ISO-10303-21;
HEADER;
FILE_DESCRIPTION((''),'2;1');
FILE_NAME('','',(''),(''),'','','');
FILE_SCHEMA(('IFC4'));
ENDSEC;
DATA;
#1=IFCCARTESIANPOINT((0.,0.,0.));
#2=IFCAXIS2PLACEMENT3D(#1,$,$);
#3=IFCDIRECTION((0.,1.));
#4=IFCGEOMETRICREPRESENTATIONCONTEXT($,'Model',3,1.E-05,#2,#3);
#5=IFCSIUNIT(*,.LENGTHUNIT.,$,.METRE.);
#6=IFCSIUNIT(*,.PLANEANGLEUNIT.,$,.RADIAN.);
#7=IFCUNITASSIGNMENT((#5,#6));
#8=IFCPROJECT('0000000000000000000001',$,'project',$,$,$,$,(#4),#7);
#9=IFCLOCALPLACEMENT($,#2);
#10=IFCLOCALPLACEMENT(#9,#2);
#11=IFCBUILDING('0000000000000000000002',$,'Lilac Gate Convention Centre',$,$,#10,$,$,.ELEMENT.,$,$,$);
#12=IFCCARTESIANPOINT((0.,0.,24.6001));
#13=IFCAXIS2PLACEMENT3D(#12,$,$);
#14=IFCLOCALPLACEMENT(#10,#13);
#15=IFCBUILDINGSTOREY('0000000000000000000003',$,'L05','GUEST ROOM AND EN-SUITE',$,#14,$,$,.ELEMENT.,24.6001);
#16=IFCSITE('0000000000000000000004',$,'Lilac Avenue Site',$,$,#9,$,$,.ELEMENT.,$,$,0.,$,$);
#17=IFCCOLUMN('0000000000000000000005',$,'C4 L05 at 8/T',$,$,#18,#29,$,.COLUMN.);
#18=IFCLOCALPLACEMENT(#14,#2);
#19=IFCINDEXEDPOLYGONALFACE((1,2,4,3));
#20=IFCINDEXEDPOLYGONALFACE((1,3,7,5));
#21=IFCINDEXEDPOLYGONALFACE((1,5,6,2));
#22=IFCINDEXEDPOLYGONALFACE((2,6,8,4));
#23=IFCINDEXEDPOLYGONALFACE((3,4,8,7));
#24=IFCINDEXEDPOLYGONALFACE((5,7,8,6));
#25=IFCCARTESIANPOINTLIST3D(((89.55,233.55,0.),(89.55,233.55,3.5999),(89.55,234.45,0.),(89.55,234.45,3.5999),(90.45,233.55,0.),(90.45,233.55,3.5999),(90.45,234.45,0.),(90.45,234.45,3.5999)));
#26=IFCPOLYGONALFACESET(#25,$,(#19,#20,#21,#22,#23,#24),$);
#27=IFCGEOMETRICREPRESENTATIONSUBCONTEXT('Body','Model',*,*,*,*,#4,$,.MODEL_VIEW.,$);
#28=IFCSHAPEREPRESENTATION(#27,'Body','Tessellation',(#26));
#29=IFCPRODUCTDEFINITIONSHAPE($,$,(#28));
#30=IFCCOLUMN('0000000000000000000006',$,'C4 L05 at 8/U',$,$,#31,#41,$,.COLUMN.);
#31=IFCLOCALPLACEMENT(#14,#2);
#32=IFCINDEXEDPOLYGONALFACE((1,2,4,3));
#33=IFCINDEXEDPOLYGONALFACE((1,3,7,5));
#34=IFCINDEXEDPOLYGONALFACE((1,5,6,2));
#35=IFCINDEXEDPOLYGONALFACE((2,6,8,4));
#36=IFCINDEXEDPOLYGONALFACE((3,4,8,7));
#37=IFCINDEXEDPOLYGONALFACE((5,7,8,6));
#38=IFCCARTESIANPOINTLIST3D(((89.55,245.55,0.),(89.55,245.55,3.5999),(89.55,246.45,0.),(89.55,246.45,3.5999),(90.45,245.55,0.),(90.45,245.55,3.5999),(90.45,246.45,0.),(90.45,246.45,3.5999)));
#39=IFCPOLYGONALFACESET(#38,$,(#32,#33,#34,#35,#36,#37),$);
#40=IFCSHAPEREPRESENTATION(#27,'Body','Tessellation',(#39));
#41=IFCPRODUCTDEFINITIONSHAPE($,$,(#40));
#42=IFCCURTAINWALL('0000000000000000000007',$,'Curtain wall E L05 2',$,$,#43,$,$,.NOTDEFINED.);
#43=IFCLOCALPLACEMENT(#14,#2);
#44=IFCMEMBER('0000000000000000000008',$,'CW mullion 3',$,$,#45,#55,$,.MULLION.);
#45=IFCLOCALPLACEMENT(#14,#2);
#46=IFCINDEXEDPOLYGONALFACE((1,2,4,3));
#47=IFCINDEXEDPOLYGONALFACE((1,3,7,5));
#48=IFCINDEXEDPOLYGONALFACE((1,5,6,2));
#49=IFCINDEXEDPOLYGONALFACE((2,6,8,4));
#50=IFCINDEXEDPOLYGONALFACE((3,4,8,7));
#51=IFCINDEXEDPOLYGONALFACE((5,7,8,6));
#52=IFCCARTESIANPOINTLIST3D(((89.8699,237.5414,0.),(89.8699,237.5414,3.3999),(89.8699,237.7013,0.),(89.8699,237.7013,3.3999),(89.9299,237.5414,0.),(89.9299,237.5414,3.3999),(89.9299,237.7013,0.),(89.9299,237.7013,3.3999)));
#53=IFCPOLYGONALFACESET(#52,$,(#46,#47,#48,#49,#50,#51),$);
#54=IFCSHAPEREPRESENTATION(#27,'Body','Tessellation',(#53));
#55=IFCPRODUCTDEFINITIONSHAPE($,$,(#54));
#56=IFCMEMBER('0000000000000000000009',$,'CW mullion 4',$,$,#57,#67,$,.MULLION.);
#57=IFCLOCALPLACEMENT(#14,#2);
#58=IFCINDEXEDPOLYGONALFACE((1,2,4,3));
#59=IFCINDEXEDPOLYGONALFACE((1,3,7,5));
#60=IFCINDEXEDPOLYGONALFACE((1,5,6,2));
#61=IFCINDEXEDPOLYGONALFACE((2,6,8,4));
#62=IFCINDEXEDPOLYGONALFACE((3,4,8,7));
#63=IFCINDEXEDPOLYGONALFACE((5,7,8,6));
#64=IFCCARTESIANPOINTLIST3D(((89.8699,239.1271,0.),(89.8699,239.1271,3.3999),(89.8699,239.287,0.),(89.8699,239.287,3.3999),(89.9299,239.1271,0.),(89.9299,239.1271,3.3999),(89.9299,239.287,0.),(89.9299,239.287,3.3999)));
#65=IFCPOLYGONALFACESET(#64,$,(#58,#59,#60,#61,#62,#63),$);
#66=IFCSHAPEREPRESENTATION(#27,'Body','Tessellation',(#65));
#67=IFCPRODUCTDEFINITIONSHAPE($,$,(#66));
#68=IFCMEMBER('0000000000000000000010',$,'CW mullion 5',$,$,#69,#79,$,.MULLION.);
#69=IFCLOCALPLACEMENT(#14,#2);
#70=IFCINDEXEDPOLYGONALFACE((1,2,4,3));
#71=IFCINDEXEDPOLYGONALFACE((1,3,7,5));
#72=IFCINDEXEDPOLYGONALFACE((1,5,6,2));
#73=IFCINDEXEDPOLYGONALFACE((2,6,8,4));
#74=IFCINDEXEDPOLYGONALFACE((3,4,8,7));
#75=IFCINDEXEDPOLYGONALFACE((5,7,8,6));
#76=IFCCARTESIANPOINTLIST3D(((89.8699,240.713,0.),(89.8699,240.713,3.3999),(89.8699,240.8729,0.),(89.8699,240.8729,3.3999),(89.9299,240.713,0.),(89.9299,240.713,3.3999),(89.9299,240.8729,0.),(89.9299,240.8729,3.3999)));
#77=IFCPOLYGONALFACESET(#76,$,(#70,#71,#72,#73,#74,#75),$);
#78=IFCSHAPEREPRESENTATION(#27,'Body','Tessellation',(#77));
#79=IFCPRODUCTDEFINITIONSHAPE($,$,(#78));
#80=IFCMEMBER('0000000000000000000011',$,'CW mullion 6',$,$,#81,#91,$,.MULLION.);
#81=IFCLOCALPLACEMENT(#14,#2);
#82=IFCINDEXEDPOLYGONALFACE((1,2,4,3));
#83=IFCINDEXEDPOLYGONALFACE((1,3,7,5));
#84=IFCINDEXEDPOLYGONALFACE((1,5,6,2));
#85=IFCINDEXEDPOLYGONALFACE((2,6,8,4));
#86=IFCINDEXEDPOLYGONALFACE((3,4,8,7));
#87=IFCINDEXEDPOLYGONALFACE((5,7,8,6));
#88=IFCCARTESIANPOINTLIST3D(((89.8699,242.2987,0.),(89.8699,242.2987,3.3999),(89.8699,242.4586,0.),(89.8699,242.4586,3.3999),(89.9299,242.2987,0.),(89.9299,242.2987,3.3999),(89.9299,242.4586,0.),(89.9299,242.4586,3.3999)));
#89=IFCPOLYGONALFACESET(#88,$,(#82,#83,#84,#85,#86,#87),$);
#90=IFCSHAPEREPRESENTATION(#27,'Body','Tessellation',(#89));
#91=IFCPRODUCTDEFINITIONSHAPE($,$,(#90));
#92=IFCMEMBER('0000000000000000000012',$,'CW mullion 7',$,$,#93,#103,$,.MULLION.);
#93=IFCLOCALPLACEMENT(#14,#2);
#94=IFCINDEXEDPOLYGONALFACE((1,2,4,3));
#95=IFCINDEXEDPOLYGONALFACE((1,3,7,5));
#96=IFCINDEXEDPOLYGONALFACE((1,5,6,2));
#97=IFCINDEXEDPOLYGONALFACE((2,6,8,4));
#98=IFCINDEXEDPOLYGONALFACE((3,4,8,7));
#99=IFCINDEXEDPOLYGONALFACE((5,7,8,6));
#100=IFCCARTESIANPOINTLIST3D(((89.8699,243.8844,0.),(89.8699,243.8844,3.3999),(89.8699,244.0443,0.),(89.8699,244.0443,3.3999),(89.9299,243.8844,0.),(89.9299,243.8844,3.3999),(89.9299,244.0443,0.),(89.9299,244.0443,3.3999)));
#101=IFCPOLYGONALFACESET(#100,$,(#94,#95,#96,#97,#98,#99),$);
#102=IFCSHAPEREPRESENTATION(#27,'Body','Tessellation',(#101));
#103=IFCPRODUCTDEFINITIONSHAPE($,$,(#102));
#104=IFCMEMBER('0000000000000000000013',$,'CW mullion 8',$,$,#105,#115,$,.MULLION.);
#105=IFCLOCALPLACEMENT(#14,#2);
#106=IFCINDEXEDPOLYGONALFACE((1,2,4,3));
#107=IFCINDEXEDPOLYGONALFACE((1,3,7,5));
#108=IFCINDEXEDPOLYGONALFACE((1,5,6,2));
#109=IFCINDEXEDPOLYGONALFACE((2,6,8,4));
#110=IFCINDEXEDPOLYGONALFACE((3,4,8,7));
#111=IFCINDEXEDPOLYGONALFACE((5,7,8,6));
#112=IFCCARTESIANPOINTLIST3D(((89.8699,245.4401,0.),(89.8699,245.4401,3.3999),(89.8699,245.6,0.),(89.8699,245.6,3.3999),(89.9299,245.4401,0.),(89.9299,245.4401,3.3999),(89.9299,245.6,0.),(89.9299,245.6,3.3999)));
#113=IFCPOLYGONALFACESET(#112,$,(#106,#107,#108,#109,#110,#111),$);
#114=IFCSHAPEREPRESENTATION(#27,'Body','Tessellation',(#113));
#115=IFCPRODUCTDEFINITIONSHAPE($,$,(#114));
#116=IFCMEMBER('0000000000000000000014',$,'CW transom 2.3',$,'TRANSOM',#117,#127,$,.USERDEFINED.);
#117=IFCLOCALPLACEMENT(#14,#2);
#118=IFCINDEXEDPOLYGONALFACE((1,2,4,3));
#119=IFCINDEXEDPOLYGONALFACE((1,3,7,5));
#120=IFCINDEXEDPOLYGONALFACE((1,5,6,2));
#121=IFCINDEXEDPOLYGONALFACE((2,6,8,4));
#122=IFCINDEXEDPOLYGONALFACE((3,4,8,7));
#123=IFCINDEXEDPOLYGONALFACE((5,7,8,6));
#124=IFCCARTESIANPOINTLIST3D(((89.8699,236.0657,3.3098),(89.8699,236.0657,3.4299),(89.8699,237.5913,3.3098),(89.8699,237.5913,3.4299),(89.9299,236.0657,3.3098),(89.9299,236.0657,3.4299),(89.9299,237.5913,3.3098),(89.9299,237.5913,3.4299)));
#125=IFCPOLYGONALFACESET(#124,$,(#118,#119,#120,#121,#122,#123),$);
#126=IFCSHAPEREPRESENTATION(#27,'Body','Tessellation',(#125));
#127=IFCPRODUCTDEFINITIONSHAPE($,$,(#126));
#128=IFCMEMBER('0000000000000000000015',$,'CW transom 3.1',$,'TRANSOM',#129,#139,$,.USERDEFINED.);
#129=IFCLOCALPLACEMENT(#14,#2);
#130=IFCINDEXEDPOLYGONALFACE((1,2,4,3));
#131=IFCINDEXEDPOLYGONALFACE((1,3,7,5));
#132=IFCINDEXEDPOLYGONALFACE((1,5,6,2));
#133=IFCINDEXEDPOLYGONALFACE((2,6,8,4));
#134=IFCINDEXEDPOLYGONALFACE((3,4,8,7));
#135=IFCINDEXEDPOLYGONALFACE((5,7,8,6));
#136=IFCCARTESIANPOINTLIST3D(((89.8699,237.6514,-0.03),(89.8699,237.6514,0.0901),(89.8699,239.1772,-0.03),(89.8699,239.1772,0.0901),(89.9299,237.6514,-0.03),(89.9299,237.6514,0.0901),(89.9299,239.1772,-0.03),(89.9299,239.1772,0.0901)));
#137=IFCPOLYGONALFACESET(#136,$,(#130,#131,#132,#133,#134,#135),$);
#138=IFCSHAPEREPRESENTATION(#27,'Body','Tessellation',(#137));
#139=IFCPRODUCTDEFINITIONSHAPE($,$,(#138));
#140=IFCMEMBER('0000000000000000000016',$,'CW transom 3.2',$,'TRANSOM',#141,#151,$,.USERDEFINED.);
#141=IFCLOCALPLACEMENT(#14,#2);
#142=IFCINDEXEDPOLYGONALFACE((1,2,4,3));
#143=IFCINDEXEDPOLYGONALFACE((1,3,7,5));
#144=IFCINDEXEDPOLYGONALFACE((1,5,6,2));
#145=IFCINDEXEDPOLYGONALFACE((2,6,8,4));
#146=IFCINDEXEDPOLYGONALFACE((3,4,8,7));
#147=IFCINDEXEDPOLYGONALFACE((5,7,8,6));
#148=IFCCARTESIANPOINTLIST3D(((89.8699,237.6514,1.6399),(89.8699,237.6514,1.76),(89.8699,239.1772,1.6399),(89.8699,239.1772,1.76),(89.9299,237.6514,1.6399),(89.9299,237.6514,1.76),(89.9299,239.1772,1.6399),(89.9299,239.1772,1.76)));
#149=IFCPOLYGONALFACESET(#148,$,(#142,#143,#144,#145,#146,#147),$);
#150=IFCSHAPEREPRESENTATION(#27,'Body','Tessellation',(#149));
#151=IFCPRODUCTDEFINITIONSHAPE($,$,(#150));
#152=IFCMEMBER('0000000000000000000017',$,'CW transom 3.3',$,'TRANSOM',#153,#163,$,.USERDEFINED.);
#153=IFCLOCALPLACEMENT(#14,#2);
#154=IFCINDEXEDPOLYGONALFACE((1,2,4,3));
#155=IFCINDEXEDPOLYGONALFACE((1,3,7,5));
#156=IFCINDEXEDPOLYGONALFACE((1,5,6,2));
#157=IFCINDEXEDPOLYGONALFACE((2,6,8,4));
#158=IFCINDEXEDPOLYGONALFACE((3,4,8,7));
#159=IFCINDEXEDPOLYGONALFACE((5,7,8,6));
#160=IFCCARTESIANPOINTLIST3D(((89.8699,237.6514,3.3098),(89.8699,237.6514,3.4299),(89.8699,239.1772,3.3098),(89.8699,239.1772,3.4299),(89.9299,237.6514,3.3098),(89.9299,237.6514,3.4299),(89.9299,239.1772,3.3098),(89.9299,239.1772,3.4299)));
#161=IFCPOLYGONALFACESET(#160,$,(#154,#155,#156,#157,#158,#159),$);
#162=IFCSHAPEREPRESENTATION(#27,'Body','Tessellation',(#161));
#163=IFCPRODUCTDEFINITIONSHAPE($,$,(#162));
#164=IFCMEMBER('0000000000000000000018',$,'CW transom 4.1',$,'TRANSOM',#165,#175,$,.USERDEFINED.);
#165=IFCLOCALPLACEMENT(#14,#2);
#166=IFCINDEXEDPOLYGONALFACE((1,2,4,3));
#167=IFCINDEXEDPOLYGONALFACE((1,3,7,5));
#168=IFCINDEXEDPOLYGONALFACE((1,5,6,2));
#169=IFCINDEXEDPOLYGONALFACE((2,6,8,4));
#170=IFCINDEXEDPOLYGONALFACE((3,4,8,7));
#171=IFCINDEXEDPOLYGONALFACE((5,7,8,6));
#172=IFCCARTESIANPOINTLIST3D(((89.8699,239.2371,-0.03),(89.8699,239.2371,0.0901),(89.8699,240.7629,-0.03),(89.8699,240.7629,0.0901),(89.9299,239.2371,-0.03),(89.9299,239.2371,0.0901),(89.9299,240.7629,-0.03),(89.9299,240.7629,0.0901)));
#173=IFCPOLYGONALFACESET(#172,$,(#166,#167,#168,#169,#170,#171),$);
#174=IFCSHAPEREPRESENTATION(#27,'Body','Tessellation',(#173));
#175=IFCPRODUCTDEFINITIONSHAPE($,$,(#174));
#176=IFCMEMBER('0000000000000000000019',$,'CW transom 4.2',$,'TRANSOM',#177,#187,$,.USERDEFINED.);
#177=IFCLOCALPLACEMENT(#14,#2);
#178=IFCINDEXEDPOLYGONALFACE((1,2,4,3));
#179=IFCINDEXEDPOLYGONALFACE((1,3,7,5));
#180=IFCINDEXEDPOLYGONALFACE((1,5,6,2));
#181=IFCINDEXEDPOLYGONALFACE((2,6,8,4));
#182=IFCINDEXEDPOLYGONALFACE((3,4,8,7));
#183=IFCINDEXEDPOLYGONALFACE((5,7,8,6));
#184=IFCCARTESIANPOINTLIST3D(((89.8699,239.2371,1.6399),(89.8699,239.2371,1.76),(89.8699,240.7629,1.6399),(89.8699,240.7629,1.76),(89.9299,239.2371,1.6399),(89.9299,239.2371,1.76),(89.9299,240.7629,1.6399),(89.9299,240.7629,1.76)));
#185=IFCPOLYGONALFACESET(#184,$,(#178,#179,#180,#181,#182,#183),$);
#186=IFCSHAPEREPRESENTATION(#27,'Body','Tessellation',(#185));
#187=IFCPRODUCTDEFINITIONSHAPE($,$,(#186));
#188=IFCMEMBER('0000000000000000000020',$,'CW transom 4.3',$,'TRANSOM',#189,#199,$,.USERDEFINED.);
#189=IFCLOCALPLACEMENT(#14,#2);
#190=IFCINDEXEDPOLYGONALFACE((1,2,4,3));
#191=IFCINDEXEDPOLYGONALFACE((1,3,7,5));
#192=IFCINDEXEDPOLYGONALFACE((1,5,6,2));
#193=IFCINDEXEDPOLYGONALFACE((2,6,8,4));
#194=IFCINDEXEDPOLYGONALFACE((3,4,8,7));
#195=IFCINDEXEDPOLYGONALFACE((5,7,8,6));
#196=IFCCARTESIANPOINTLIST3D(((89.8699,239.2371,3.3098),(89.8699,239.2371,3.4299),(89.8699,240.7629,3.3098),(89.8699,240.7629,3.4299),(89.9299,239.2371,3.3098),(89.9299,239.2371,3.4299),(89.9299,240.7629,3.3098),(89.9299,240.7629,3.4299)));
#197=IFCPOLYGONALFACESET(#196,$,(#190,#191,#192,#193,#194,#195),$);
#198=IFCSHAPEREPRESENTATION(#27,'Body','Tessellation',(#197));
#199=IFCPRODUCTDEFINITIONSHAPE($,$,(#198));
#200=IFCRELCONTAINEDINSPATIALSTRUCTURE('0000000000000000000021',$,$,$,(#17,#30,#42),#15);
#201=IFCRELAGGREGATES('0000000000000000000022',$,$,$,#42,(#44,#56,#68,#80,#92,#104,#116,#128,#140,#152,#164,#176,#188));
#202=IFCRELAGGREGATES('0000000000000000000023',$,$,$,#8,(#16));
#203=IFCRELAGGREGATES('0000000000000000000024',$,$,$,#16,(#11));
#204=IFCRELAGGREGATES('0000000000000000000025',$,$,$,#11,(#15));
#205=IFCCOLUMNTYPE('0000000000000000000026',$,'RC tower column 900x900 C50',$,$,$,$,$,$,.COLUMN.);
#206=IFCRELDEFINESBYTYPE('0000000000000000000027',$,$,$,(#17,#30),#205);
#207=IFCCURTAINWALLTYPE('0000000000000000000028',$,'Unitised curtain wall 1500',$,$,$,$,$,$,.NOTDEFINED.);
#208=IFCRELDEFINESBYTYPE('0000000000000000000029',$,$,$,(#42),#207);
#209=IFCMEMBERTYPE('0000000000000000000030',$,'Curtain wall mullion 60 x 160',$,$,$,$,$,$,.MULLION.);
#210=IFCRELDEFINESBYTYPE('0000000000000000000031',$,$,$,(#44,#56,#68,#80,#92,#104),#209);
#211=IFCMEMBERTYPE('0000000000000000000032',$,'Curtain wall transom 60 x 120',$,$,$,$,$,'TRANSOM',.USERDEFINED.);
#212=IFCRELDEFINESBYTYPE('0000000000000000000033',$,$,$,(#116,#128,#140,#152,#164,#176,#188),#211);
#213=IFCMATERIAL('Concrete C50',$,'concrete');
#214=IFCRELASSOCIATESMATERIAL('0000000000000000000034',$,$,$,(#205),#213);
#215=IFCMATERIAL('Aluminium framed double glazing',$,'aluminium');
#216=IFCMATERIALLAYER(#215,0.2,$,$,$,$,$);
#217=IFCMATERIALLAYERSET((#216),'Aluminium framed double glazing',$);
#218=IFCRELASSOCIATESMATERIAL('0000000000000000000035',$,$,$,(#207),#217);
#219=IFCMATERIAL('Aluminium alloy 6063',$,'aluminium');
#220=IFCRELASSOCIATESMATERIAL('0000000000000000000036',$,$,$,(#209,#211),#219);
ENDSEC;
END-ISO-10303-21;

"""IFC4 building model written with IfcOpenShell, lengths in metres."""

from ifc_helpers import new_model, si_unit, direction, frame, origin, origin_2d, place, context, subcontext, project, spatial, rectangle, extrude, material, layer, layer_set, material_profile, profile_set, type_object, element, aggregate, save


model = new_model("IFC4")

# Units and contexts
model_context = context("Model", 3, precision=1e-05, world=origin(), true_north=direction((0.0, 1.0)))
body_context = subcontext(model_context, "Body", "Model", "MODEL_VIEW")
ifc_project = project(units=[si_unit("LENGTHUNIT", "METRE"), si_unit("PLANEANGLEUNIT", "RADIAN")], contexts=[model_context])

# Site, building, storey
site_placement = place(None, origin())
site = spatial("IfcSite", under=ifc_project, at=site_placement, Name="Lilac Avenue Site", CompositionType="ELEMENT", RefElevation=0.0)
building_placement = place(site_placement, origin())
building = spatial("IfcBuilding", under=site, at=building_placement, Name="Lilac Gate Convention Centre", CompositionType="ELEMENT")
storey_placement = place(building_placement, frame((0.0, 0.0, 24.6001)))
storey = spatial("IfcBuildingStorey", under=building, at=storey_placement, Name="L05", Description="GUEST ROOM AND EN-SUITE", CompositionType="ELEMENT", Elevation=24.6001)

# Columns
ifc_material_1 = material(Name="Concrete C50", Category="concrete")
ifc_material_profile_1 = material_profile(ifc_material_1, rectangle(XDim=0.8999, YDim=0.8999, at=origin_2d()), Name="RC 900x900")
ifc_profile_set_1 = profile_set([ifc_material_profile_1], Name="Concrete C50")
column_type = type_object("IfcColumnType", Name="RC tower column 900x900 C50", PredefinedType="COLUMN", material=ifc_profile_set_1)
for number, where, z_axis, x_axis, name in (
    (1, (90.0, 234.0, 0.0), (0.0, 0.0, 1.0), (1.0, 0.0, 0.0), "C4 L05 at 8/T"),
    (2, (90.0, 246.0, 0.0), (0.0, 0.0, 1.0), (1.0, 0.0, 0.0), "C4 L05 at 8/U"),
):
    element("IfcColumn", number, at=place(storey_placement, frame(where, z_axis=z_axis, x_axis=x_axis)), inside=storey, type_object=column_type, Name=name, PredefinedType="COLUMN", context=body_context, shape_type="SweptSolid", body=[
        extrude(rectangle(XDim=0.8999, YDim=0.8999, at=origin_2d()), origin(), (0.0, 0.0, 1.0), 3.5999),
    ])

# Curtain wall, members
ifc_material_2 = material(Name="Aluminium framed double glazing", Category="aluminium")
ifc_layer_1 = layer(ifc_material_2, 0.2)
ifc_layer_set_1 = layer_set([ifc_layer_1], Name="Aluminium framed double glazing")
curtain_wall_type = type_object("IfcCurtainWallType", Name="Unitised curtain wall 1500", PredefinedType="NOTDEFINED", material=ifc_layer_set_1)
curtain_wall_placement = place(storey_placement, origin())
curtain_wall = element("IfcCurtainWall", 3, at=curtain_wall_placement, inside=storey, type_object=curtain_wall_type, Name="Curtain wall E L05 2", PredefinedType="NOTDEFINED")
ifc_material_3 = material(Name="Aluminium alloy 6063", Category="aluminium")
ifc_material_profile_2 = material_profile(ifc_material_3, rectangle(XDim=0.0601, YDim=0.1599, at=origin_2d()), Name="Curtain wall mullion 60 x 160")
ifc_profile_set_2 = profile_set([ifc_material_profile_2], Name="Aluminium alloy 6063")
member_type_1 = type_object("IfcMemberType", Name="Curtain wall mullion 60 x 160", PredefinedType="MULLION", material=ifc_profile_set_2)
member_1_placement = place(storey_placement, frame((89.8999, 237.6213, 0.0), z_axis=(0.0, 0.0, 1.0), x_axis=(-1.0, 0.0, 0.0)))
member_1 = element("IfcMember", 4, at=member_1_placement, type_object=member_type_1, Name="CW mullion 3", PredefinedType="MULLION", context=body_context, shape_type="SweptSolid", body=[
    extrude(rectangle(XDim=0.0601, YDim=0.1599, at=origin_2d()), origin(), (0.0, 0.0, 1.0), 3.3999),
])
member_2_placement = place(storey_placement, frame((89.8999, 239.207, 0.0), z_axis=(0.0, 0.0, 1.0), x_axis=(-1.0, 0.0, 0.0)))
member_2 = element("IfcMember", 5, at=member_2_placement, type_object=member_type_1, Name="CW mullion 4", PredefinedType="MULLION", context=body_context, shape_type="SweptSolid", body=[
    extrude(rectangle(XDim=0.0601, YDim=0.1599, at=origin_2d()), origin(), (0.0, 0.0, 1.0), 3.3999),
])
member_3_placement = place(storey_placement, frame((89.8999, 240.793, 0.0), z_axis=(0.0, 0.0, 1.0), x_axis=(-1.0, 0.0, 0.0)))
member_3 = element("IfcMember", 6, at=member_3_placement, type_object=member_type_1, Name="CW mullion 5", PredefinedType="MULLION", context=body_context, shape_type="SweptSolid", body=[
    extrude(rectangle(XDim=0.0601, YDim=0.1599, at=origin_2d()), origin(), (0.0, 0.0, 1.0), 3.3999),
])
member_4_placement = place(storey_placement, frame((89.8999, 242.3787, 0.0), z_axis=(0.0, 0.0, 1.0), x_axis=(-1.0, 0.0, 0.0)))
member_4 = element("IfcMember", 7, at=member_4_placement, type_object=member_type_1, Name="CW mullion 6", PredefinedType="MULLION", context=body_context, shape_type="SweptSolid", body=[
    extrude(rectangle(XDim=0.0601, YDim=0.1599, at=origin_2d()), origin(), (0.0, 0.0, 1.0), 3.3999),
])
member_5_placement = place(storey_placement, frame((89.8999, 243.9644, 0.0), z_axis=(0.0, 0.0, 1.0), x_axis=(-1.0, 0.0, 0.0)))
member_5 = element("IfcMember", 8, at=member_5_placement, type_object=member_type_1, Name="CW mullion 7", PredefinedType="MULLION", context=body_context, shape_type="SweptSolid", body=[
    extrude(rectangle(XDim=0.0601, YDim=0.1599, at=origin_2d()), origin(), (0.0, 0.0, 1.0), 3.3999),
])
member_6_placement = place(storey_placement, frame((89.8999, 245.52, 0.0), z_axis=(0.0, 0.0, 1.0), x_axis=(-1.0, 0.0, 0.0)))
member_6 = element("IfcMember", 9, at=member_6_placement, type_object=member_type_1, Name="CW mullion 8", PredefinedType="MULLION", context=body_context, shape_type="SweptSolid", body=[
    extrude(rectangle(XDim=0.0601, YDim=0.1599, at=origin_2d()), origin(), (0.0, 0.0, 1.0), 3.3999),
])
ifc_material_profile_3 = material_profile(ifc_material_3, rectangle(XDim=0.0601, YDim=0.1201, at=origin_2d()), Name="Curtain wall transom 60 x 120")
ifc_profile_set_3 = profile_set([ifc_material_profile_3], Name="Aluminium alloy 6063")
member_type_2 = type_object("IfcMemberType", Name="Curtain wall transom 60 x 120", ElementType="TRANSOM", PredefinedType="USERDEFINED", material=ifc_profile_set_3)
member_7_placement = place(storey_placement, frame((89.8999, 236.0657, 3.3699), z_axis=(0.0, 1.0, 0.0), x_axis=(-1.0, 0.0, 0.0)))
member_7 = element("IfcMember", 10, at=member_7_placement, type_object=member_type_2, Name="CW transom 2.3", ObjectType="TRANSOM", PredefinedType="USERDEFINED", context=body_context, shape_type="SweptSolid", body=[
    extrude(rectangle(XDim=0.0601, YDim=0.1201, at=origin_2d()), origin(), (0.0, 0.0, 1.0), 1.5256),
])
member_8_placement = place(storey_placement, frame((89.8999, 237.6514, 0.03), z_axis=(0.0, 1.0, 0.0), x_axis=(-1.0, 0.0, 0.0)))
member_8 = element("IfcMember", 11, at=member_8_placement, type_object=member_type_2, Name="CW transom 3.1", ObjectType="TRANSOM", PredefinedType="USERDEFINED", context=body_context, shape_type="SweptSolid", body=[
    extrude(rectangle(XDim=0.0601, YDim=0.1201, at=origin_2d()), origin(), (0.0, 0.0, 1.0), 1.5259),
])
member_9_placement = place(storey_placement, frame((89.8999, 237.6514, 1.7), z_axis=(0.0, 1.0, 0.0), x_axis=(-1.0, 0.0, 0.0)))
member_9 = element("IfcMember", 12, at=member_9_placement, type_object=member_type_2, Name="CW transom 3.2", ObjectType="TRANSOM", PredefinedType="USERDEFINED", context=body_context, shape_type="SweptSolid", body=[
    extrude(rectangle(XDim=0.0601, YDim=0.1201, at=origin_2d()), origin(), (0.0, 0.0, 1.0), 1.5259),
])
member_10_placement = place(storey_placement, frame((89.8999, 237.6514, 3.3699), z_axis=(0.0, 1.0, 0.0), x_axis=(-1.0, 0.0, 0.0)))
member_10 = element("IfcMember", 13, at=member_10_placement, type_object=member_type_2, Name="CW transom 3.3", ObjectType="TRANSOM", PredefinedType="USERDEFINED", context=body_context, shape_type="SweptSolid", body=[
    extrude(rectangle(XDim=0.0601, YDim=0.1201, at=origin_2d()), origin(), (0.0, 0.0, 1.0), 1.5259),
])
member_11_placement = place(storey_placement, frame((89.8999, 239.2371, 0.03), z_axis=(0.0, 1.0, 0.0), x_axis=(-1.0, 0.0, 0.0)))
member_11 = element("IfcMember", 14, at=member_11_placement, type_object=member_type_2, Name="CW transom 4.1", ObjectType="TRANSOM", PredefinedType="USERDEFINED", context=body_context, shape_type="SweptSolid", body=[
    extrude(rectangle(XDim=0.0601, YDim=0.1201, at=origin_2d()), origin(), (0.0, 0.0, 1.0), 1.5259),
])
member_12_placement = place(storey_placement, frame((89.8999, 239.2371, 1.7), z_axis=(0.0, 1.0, 0.0), x_axis=(-1.0, 0.0, 0.0)))
member_12 = element("IfcMember", 15, at=member_12_placement, type_object=member_type_2, Name="CW transom 4.2", ObjectType="TRANSOM", PredefinedType="USERDEFINED", context=body_context, shape_type="SweptSolid", body=[
    extrude(rectangle(XDim=0.0601, YDim=0.1201, at=origin_2d()), origin(), (0.0, 0.0, 1.0), 1.5259),
])
member_13_placement = place(storey_placement, frame((89.8999, 239.2371, 3.3699), z_axis=(0.0, 1.0, 0.0), x_axis=(-1.0, 0.0, 0.0)))
member_13 = element("IfcMember", 16, at=member_13_placement, type_object=member_type_2, Name="CW transom 4.3", ObjectType="TRANSOM", PredefinedType="USERDEFINED", context=body_context, shape_type="SweptSolid", body=[
    extrude(rectangle(XDim=0.0601, YDim=0.1201, at=origin_2d()), origin(), (0.0, 0.0, 1.0), 1.5259),
])

aggregate(curtain_wall, [member_1, member_2, member_3, member_4, member_5, member_6, member_7, member_8, member_9, member_10, member_11, member_12, member_13])

save(model, "model.ifc")
